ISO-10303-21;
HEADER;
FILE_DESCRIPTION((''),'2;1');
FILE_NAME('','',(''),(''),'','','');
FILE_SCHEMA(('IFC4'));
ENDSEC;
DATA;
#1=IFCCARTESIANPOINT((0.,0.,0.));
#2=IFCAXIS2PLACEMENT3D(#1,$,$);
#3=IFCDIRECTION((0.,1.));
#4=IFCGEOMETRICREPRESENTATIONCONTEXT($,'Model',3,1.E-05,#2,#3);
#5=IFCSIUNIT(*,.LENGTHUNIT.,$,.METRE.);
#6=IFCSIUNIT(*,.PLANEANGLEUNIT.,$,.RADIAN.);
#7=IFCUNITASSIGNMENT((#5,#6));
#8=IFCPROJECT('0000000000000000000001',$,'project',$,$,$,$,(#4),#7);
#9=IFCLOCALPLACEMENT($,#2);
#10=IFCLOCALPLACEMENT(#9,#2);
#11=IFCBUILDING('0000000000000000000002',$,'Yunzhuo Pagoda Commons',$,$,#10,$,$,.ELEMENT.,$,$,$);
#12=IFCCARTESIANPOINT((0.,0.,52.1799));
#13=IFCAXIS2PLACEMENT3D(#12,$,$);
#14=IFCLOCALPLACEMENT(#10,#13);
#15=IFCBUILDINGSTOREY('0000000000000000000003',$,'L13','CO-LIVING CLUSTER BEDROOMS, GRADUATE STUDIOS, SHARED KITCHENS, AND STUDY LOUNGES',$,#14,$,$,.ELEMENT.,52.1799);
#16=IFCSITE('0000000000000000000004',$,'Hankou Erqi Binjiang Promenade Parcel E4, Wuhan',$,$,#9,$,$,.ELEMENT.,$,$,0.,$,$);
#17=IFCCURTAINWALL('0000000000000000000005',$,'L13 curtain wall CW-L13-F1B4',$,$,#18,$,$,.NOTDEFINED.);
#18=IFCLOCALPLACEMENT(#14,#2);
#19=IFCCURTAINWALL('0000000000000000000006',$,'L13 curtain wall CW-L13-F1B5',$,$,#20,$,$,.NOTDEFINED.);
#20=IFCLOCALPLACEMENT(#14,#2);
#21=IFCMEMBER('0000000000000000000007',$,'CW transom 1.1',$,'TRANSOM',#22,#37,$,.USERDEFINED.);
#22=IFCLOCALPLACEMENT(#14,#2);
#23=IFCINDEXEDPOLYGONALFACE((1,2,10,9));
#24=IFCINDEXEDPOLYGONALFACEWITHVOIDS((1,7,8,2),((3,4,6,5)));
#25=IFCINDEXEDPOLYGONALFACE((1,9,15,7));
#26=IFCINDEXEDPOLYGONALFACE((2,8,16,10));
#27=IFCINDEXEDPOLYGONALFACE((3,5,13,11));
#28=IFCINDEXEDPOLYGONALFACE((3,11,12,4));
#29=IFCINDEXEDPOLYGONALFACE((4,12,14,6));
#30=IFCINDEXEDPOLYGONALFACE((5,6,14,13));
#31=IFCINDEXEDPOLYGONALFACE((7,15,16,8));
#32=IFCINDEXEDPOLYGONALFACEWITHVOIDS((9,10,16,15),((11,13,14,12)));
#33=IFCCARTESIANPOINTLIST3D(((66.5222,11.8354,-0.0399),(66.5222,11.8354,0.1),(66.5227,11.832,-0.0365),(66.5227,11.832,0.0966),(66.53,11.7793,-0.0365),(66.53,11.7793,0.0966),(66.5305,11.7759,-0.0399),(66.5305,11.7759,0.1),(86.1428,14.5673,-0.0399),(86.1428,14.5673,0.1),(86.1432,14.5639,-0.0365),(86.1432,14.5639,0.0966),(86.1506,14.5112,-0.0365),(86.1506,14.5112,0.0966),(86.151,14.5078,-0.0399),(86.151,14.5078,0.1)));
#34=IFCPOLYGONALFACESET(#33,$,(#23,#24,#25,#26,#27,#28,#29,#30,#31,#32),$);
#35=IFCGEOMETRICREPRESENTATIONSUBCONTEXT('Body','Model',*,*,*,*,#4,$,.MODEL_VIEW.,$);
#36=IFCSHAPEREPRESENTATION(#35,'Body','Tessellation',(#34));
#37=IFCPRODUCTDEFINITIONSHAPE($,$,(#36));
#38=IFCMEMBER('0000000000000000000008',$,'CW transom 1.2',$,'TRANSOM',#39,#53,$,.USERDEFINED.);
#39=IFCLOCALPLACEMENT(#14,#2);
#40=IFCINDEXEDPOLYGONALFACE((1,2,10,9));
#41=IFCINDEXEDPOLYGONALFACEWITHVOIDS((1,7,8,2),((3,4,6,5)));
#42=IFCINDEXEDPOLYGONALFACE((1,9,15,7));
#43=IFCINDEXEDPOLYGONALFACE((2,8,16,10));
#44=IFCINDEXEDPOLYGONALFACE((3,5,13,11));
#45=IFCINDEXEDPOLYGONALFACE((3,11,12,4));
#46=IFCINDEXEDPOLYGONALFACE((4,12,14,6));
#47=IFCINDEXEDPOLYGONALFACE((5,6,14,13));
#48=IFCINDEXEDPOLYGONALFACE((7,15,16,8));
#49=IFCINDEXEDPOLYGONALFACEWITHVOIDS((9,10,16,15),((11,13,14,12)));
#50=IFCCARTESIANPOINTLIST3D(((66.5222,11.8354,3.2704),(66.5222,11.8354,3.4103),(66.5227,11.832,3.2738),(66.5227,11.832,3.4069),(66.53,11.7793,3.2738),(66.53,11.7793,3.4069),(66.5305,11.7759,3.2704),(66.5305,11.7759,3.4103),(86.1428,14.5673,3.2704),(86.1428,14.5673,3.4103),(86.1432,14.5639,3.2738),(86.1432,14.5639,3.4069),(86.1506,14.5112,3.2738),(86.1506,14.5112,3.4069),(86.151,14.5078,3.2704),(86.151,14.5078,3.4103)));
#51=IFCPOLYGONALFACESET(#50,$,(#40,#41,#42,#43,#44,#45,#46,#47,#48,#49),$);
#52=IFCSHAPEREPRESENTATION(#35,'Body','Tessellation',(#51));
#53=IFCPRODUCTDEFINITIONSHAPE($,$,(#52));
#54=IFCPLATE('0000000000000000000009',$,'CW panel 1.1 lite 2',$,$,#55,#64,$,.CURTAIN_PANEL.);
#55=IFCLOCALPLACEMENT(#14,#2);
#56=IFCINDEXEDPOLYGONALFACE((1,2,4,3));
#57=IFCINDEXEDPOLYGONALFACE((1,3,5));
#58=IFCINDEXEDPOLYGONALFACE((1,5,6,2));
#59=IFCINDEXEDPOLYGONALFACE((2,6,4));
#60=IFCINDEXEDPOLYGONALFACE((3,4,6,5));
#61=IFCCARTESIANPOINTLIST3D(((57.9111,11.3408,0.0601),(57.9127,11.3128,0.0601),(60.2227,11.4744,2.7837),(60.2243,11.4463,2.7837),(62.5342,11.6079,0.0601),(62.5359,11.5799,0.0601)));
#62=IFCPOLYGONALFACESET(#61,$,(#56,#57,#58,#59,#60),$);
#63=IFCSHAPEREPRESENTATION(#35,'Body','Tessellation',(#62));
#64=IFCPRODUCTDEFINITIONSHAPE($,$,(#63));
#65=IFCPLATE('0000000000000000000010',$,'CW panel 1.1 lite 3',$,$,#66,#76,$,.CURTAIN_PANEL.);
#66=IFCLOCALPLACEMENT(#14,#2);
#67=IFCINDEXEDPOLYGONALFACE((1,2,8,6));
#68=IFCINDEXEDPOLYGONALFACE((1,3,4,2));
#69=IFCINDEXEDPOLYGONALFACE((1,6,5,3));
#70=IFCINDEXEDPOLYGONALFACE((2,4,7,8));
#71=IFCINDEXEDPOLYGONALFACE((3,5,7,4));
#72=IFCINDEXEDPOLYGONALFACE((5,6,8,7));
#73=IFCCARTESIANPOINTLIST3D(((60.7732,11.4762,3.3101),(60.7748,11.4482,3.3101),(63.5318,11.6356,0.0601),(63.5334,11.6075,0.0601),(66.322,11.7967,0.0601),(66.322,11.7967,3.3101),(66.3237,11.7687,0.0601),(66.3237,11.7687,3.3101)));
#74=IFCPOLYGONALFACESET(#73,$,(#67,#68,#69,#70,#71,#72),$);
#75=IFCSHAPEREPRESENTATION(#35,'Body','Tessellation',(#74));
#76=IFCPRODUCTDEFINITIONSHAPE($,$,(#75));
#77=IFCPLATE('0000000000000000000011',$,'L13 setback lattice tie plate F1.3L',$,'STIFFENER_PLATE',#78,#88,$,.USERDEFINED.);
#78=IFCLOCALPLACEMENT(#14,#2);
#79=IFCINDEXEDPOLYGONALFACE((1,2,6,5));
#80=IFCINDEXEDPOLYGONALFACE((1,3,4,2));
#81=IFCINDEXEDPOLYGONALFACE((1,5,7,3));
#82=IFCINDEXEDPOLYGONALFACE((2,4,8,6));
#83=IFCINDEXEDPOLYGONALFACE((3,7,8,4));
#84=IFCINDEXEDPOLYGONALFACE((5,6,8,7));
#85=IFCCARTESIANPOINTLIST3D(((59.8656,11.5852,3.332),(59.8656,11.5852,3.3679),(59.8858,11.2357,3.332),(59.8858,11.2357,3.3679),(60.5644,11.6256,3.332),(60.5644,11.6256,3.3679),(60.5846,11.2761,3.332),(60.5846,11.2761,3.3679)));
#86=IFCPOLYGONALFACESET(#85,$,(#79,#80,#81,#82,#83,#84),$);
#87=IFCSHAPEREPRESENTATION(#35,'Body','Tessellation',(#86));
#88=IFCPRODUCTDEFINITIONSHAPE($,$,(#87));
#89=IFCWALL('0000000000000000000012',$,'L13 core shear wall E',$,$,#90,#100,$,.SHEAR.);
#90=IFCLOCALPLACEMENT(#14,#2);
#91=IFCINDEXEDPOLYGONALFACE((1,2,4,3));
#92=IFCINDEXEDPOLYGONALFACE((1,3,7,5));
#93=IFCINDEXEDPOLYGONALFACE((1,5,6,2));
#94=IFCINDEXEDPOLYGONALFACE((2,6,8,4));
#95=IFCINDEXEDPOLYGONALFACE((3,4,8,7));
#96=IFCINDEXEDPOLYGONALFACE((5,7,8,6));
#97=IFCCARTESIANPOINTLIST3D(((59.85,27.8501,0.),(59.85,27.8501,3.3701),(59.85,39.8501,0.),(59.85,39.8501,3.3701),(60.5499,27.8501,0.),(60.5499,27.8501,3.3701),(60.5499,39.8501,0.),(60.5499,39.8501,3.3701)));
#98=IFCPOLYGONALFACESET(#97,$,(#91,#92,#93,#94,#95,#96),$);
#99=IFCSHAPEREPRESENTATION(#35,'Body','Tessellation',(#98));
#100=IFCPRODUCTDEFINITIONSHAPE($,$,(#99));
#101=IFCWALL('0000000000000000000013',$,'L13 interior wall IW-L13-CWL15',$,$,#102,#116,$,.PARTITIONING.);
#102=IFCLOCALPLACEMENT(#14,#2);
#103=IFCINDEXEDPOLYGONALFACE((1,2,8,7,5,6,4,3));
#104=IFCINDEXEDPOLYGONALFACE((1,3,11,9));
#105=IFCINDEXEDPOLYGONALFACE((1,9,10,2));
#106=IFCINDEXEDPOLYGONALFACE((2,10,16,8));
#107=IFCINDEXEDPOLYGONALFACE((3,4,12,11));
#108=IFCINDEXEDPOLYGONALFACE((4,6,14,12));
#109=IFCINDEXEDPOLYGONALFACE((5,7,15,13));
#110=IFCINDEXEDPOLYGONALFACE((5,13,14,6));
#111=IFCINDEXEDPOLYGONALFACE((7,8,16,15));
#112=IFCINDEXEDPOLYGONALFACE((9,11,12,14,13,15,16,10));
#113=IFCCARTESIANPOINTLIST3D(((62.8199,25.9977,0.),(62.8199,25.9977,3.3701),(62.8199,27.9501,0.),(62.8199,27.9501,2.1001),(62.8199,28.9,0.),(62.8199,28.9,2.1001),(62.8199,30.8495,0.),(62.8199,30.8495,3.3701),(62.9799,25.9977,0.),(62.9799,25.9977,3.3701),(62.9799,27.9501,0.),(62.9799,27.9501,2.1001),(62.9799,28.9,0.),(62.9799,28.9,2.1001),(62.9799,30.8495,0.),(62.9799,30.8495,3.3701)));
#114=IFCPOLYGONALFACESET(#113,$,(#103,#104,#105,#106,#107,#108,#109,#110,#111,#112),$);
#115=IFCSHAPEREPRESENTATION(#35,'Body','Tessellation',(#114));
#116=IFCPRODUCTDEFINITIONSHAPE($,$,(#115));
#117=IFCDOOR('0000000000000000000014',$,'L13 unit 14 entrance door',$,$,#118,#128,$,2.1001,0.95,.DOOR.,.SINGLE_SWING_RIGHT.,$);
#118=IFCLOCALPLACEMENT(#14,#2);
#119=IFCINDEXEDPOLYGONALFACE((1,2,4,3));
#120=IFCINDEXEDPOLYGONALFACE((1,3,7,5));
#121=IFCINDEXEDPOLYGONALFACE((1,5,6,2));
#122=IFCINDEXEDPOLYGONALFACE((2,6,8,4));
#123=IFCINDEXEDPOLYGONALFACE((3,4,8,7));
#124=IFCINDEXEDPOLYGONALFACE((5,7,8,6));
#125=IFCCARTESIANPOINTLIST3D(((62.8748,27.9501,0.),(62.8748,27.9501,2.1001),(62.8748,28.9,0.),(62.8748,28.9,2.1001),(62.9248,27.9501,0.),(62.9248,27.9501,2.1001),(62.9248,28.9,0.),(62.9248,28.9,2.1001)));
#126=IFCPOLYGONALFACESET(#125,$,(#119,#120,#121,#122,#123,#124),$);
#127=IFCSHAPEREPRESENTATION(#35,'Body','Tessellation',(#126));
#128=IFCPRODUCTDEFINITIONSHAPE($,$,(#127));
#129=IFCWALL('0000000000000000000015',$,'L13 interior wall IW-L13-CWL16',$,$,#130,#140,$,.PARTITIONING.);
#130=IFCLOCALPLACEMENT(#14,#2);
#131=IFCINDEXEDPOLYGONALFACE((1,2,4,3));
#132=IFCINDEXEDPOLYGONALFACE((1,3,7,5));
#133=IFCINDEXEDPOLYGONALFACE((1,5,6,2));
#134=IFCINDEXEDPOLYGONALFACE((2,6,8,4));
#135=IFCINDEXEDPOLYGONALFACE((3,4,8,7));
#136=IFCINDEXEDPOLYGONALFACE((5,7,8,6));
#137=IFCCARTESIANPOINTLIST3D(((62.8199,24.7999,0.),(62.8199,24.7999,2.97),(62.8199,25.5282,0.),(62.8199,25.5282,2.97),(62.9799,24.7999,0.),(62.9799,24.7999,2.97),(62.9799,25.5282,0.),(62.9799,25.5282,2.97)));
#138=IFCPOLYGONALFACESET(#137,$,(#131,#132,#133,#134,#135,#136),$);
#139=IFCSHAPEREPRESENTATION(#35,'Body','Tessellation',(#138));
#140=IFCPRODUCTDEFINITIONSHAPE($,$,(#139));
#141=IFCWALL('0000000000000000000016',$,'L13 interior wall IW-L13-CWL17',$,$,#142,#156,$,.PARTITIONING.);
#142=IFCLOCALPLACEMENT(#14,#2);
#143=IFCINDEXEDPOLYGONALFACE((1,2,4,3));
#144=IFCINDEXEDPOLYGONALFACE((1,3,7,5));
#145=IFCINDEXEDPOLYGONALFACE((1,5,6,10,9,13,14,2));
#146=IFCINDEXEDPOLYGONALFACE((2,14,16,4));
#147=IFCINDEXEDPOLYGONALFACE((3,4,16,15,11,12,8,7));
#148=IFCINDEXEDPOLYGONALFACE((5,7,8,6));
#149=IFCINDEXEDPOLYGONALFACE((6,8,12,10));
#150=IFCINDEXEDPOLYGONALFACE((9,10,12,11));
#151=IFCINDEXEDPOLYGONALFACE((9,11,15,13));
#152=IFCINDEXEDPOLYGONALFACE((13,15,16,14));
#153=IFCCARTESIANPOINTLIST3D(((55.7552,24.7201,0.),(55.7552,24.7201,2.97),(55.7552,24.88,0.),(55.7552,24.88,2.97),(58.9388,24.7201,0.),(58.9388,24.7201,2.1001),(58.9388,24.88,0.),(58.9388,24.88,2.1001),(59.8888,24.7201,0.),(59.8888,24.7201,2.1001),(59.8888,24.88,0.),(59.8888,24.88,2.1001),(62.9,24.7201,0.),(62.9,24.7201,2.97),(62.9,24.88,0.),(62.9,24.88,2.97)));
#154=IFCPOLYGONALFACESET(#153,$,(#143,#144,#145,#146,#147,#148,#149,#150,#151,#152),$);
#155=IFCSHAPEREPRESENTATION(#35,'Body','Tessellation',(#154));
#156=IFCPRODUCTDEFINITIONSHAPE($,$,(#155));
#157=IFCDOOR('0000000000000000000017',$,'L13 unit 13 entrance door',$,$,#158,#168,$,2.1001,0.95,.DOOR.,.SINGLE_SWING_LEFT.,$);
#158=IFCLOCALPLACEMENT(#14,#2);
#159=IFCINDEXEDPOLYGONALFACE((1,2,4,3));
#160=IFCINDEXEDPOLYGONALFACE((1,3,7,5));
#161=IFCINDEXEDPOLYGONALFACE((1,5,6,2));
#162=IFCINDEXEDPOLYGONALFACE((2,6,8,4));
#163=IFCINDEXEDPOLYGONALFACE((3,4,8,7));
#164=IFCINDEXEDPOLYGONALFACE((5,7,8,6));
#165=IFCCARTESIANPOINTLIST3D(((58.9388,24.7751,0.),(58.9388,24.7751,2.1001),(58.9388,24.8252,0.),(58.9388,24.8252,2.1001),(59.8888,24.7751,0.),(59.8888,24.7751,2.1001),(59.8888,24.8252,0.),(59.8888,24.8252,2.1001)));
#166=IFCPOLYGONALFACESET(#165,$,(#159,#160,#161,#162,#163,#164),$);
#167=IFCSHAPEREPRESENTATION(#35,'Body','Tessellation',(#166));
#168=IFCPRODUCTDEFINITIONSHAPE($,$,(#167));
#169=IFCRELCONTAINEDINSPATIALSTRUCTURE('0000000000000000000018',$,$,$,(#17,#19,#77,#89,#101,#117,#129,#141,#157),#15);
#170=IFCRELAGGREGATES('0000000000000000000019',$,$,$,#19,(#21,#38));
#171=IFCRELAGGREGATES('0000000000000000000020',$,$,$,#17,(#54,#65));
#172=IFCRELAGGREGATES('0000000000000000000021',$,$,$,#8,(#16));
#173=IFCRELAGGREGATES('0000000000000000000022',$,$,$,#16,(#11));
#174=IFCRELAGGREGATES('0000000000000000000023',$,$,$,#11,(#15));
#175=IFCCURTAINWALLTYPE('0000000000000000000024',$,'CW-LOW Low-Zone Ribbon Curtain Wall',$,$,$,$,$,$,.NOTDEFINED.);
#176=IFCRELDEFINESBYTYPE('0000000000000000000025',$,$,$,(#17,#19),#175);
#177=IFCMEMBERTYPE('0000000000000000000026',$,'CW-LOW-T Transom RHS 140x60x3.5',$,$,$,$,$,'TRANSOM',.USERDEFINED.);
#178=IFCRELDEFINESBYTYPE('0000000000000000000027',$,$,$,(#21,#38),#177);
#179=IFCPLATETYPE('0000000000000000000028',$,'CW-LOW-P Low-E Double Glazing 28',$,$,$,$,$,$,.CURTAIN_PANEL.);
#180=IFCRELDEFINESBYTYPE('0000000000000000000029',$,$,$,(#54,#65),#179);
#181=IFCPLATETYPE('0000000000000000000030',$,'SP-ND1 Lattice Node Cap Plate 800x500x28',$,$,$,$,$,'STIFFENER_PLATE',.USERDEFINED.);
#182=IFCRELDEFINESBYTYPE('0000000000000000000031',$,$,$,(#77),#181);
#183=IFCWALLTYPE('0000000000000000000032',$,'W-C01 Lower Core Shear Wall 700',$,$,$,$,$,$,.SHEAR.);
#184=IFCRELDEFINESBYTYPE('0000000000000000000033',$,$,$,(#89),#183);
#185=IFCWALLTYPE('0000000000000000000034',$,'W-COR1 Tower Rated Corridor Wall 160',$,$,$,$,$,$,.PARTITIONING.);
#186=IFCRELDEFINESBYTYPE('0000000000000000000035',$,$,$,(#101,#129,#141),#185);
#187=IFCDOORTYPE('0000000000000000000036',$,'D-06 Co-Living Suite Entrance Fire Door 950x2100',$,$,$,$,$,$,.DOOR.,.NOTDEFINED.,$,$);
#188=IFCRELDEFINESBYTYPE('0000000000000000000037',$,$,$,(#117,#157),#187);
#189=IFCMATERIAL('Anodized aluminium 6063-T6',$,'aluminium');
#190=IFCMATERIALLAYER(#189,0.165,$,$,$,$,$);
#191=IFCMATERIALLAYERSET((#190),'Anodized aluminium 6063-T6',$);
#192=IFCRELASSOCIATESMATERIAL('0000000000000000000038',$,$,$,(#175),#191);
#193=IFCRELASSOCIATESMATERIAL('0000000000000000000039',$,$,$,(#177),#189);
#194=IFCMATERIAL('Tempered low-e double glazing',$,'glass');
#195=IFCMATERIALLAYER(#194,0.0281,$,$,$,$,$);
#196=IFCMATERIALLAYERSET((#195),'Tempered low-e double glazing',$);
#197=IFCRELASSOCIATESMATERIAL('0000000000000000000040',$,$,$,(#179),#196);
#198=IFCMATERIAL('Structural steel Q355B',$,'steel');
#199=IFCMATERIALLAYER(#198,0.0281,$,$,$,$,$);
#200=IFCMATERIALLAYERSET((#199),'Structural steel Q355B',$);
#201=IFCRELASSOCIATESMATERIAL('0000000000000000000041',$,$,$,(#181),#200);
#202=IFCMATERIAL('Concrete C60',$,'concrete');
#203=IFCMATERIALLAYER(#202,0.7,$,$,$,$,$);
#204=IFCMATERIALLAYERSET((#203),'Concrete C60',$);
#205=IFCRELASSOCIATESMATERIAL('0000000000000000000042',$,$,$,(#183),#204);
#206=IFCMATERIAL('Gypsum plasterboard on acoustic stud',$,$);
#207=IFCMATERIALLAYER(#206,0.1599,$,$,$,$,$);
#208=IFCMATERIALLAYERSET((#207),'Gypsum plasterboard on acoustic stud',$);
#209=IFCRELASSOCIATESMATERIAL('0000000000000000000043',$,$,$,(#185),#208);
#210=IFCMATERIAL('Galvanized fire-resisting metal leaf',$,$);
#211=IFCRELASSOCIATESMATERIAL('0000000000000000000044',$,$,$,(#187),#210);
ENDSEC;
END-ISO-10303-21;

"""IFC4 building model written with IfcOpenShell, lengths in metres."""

from ifc_helpers import new_model, si_unit, direction, frame, frame_2d, origin, origin_with_axes, origin_2d, place, context, subcontext, project, spatial, polyline, rectangle, hollow_rectangle, outline, extrude, source, transform, mapped, material, layer, layer_set, material_profile, profile_set, type_object, element, fill, aggregate, save


model = new_model("IFC4")

# Units and contexts
model_context = context("Model", 3, precision=1e-05, world=origin(), true_north=direction((0.0, 1.0)))
body_context = subcontext(model_context, "Body", "Model", "MODEL_VIEW")
ifc_project = project(units=[si_unit("LENGTHUNIT", "METRE"), si_unit("PLANEANGLEUNIT", "RADIAN")], contexts=[model_context])

# Site, building, storey
site_placement = place(None, origin())
site = spatial("IfcSite", under=ifc_project, at=site_placement, Name="Hankou Erqi Binjiang Promenade Parcel E4, Wuhan", CompositionType="ELEMENT", RefElevation=0.0)
building_placement = place(site_placement, origin())
building = spatial("IfcBuilding", under=site, at=building_placement, Name="Yunzhuo Pagoda Commons", CompositionType="ELEMENT")
storey_placement = place(building_placement, frame((0.0, 0.0, 52.1799)))
storey = spatial("IfcBuildingStorey", under=building, at=storey_placement, Name="L13", Description="CO-LIVING CLUSTER BEDROOMS, GRADUATE STUDIOS, SHARED KITCHENS, AND STUDY LOUNGES", CompositionType="ELEMENT", Elevation=52.1799)

# Shared definitions
ifc_material_1 = material(Name="Structural steel Q355B", Category="steel")

# Curtain wall
ifc_material_2 = material(Name="Anodized aluminium 6063-T6", Category="aluminium")
ifc_layer_1 = layer(ifc_material_2, 0.165)
ifc_layer_set_1 = layer_set([ifc_layer_1], Name="Anodized aluminium 6063-T6")
curtain_wall_type = type_object("IfcCurtainWallType", Name="CW-LOW Low-Zone Ribbon Curtain Wall", PredefinedType="NOTDEFINED", material=ifc_layer_set_1)
curtain_wall_1_placement = place(storey_placement, origin())
curtain_wall_1 = element("IfcCurtainWall", 1, at=curtain_wall_1_placement, inside=storey, type_object=curtain_wall_type, Name="L13 curtain wall CW-L13-F1B4", PredefinedType="NOTDEFINED")

# Curtain wall, members
curtain_wall_2_placement = place(storey_placement, origin())
curtain_wall_2 = element("IfcCurtainWall", 2, at=curtain_wall_2_placement, inside=storey, type_object=curtain_wall_type, Name="L13 curtain wall CW-L13-F1B5", PredefinedType="NOTDEFINED")
ifc_material_profile_1 = material_profile(ifc_material_2, hollow_rectangle(XDim=0.0601, YDim=0.1399, WallThickness=0.0034, at=origin_2d()), Name="Anodized aluminium 6063-T6")
ifc_profile_set_1 = profile_set([ifc_material_profile_1], Name="Anodized aluminium 6063-T6")
member_type_1 = type_object("IfcMemberType", Name="CW-LOW-T Transom RHS 140x60x3.5", ElementType="TRANSOM", PredefinedType="USERDEFINED", material=ifc_profile_set_1)
shared_shape_1 = source(origin(), body_context, "Body", "SweptSolid", [
    extrude(hollow_rectangle(XDim=0.0601, YDim=0.1399, WallThickness=0.0034, at=origin_2d()), origin(), (0.0, 0.0, 1.0), 19.8098),
])
member_1_placement = place(storey_placement, frame((66.5264, 11.8057, 0.03), z_axis=(0.990445, 0.137908, 0.0), x_axis=(-0.137908, 0.990445, 0.0)))
member_1 = element("IfcMember", 3, at=member_1_placement, type_object=member_type_1, Name="CW transom 1.1", ObjectType="TRANSOM", PredefinedType="USERDEFINED", context=body_context, shape_type="MappedRepresentation", body=[
    mapped(shared_shape_1, transform((0.0, 0.0, 0.0), scale=1.0)),
])
member_2_placement = place(storey_placement, frame((66.5264, 11.8057, 3.3403), z_axis=(0.990445, 0.137908, 0.0), x_axis=(-0.137908, 0.990445, 0.0)))
member_2 = element("IfcMember", 4, at=member_2_placement, type_object=member_type_1, Name="CW transom 1.2", ObjectType="TRANSOM", PredefinedType="USERDEFINED", context=body_context, shape_type="MappedRepresentation", body=[
    mapped(shared_shape_1, transform((0.0, 0.0, 0.0), scale=1.0)),
])
aggregate(curtain_wall_2, [member_1, member_2])

# Plates
ifc_material_3 = material(Name="Tempered low-e double glazing", Category="glass")
ifc_layer_2 = layer(ifc_material_3, 0.0281)
ifc_layer_set_2 = layer_set([ifc_layer_2], Name="Tempered low-e double glazing")
plate_type_1 = type_object("IfcPlateType", Name="CW-LOW-P Low-E Double Glazing 28", PredefinedType="CURTAIN_PANEL", material=ifc_layer_set_2)
plate_1_placement = place(storey_placement, frame((60.2227, 11.4744, 1.4219), z_axis=(0.057664, -0.998336, 0.0), x_axis=(0.998336, 0.057664, 0.0)))
plate_1 = element("IfcPlate", 5, at=plate_1_placement, type_object=plate_type_1, Name="CW panel 1.1 lite 2", PredefinedType="CURTAIN_PANEL", context=body_context, shape_type="SweptSolid", body=[
    extrude(outline(polyline([(-2.3154, -1.3618), (2.3154, -1.3618), (0.0, 1.3618), (-2.3154, -1.3618)])), origin(), (0.0, 0.0, 1.0), 0.0281),
])
plate_2_placement = place(storey_placement, frame((63.5476, 11.6365, 1.6851), z_axis=(0.057664, -0.998336, 0.0), x_axis=(0.998336, 0.057664, 0.0)))
plate_2 = element("IfcPlate", 6, at=plate_2_placement, type_object=plate_type_1, Name="CW panel 1.1 lite 3", PredefinedType="CURTAIN_PANEL", context=body_context, shape_type="SweptSolid", body=[
    extrude(outline(polyline([(-2.7791, 1.625), (-0.0159, -1.625), (2.7791, -1.625), (2.7791, 1.625), (-2.7791, 1.625)])), origin(), (0.0, 0.0, 1.0), 0.0281),
])
aggregate(curtain_wall_1, [plate_1, plate_2])
ifc_layer_3 = layer(ifc_material_1, 0.0281)
ifc_layer_set_3 = layer_set([ifc_layer_3], Name="Structural steel Q355B")
plate_type_2 = type_object("IfcPlateType", Name="SP-ND1 Lattice Node Cap Plate 800x500x28", ElementType="STIFFENER_PLATE", PredefinedType="USERDEFINED", material=ifc_layer_set_3)
shared_shape_2 = source(origin(), body_context, "Body", "SweptSolid", [
    extrude(rectangle(XDim=0.7, YDim=0.3501, at=origin_2d()), origin(), (0.0, 0.0, 1.0), 0.0359),
])
plate_3_placement = place(storey_placement, frame((60.2251, 11.4307, 3.332), z_axis=(0.0, 0.0, 1.0), x_axis=(0.998336, 0.057669, 0.0)))
element("IfcPlate", 7, at=plate_3_placement, inside=storey, type_object=plate_type_2, Name="L13 setback lattice tie plate F1.3L", ObjectType="STIFFENER_PLATE", PredefinedType="USERDEFINED", context=body_context, shape_type="MappedRepresentation", body=[
    mapped(shared_shape_2, transform((0.0, 0.0, 0.0), scale=1.0)),
])

# Wall
ifc_material_4 = material(Name="Concrete C60", Category="concrete")
ifc_layer_4 = layer(ifc_material_4, 0.7)
ifc_layer_set_4 = layer_set([ifc_layer_4], Name="Concrete C60")
wall_type_1 = type_object("IfcWallType", Name="W-C01 Lower Core Shear Wall 700", PredefinedType="SHEAR", material=ifc_layer_set_4)
wall_1_placement = place(storey_placement, frame((60.2, 27.8501, 0.0), z_axis=(0.0, 0.0, 1.0), x_axis=(0.0, 1.0, 0.0)))
element("IfcWall", 8, at=wall_1_placement, inside=storey, type_object=wall_type_1, Name="L13 core shear wall E", PredefinedType="SHEAR", context=body_context, shape_type="SweptSolid", body=[
    extrude(rectangle(XDim=12.0, YDim=0.7, at=frame_2d((6.0, 0.0))), origin(), (0.0, 0.0, 1.0), 3.3701),
])

# Wall, opening, door
ifc_material_5 = material(Name="Gypsum plasterboard on acoustic stud")
ifc_layer_5 = layer(ifc_material_5, 0.1599)
ifc_layer_set_5 = layer_set([ifc_layer_5], Name="Gypsum plasterboard on acoustic stud")
wall_type_2 = type_object("IfcWallType", Name="W-COR1 Tower Rated Corridor Wall 160", PredefinedType="PARTITIONING", material=ifc_layer_set_5)
wall_2_placement = place(storey_placement, frame((62.8999, 30.8494, 0.0), z_axis=(0.0, 0.0, 1.0), x_axis=(0.0, -1.0, 0.0)))
wall_2 = element("IfcWall", 9, at=wall_2_placement, inside=storey, type_object=wall_type_2, Name="L13 interior wall IW-L13-CWL15", PredefinedType="PARTITIONING", context=body_context, shape_type="SweptSolid", body=[
    extrude(rectangle(XDim=4.8518, YDim=0.1599, at=frame_2d((2.4258, 0.0))), origin(), (0.0, 0.0, 1.0), 3.3701),
])
opening_1_placement = place(wall_2_placement, frame((1.9492, 0.0, 0.0)))
opening_1 = element("IfcOpeningElement", 10, at=opening_1_placement, cuts=wall_2, PredefinedType="OPENING", context=body_context, shape_type="SweptSolid", body=[
    extrude(rectangle(XDim=0.95, YDim=2.1001, at=frame_2d((0.4751, 1.05))), frame((0.0, 0.0898, 0.0), z_axis=(0.0, -1.0, 0.0), x_axis=(1.0, 0.0, 0.0)), (0.0, 0.0, 1.0), 0.1799),
])
ifc_material_6 = material(Name="Galvanized fire-resisting metal leaf")
door_type = type_object("IfcDoorType", Name="D-06 Co-Living Suite Entrance Fire Door 950x2100", OperationType="NOTDEFINED", PredefinedType="DOOR", material=ifc_material_6)
shared_shape_3 = source(origin(), body_context, "Body", "SweptSolid", [
    extrude(rectangle(XDim=0.95, YDim=2.1001, at=frame_2d((0.4751, 1.05))), frame((0.0, 0.0249, 0.0), z_axis=(0.0, -1.0, 0.0), x_axis=(1.0, 0.0, 0.0)), (0.0, 0.0, 1.0), 0.05),
])
door_1_placement = place(opening_1_placement, origin_with_axes())
door_1 = element("IfcDoor", 11, at=door_1_placement, inside=storey, type_object=door_type, Name="L13 unit 14 entrance door", OperationType="SINGLE_SWING_RIGHT", OverallHeight=2.1001, OverallWidth=0.95, PredefinedType="DOOR", context=body_context, shape_type="MappedRepresentation", body=[
    mapped(shared_shape_3, transform((0.0, 0.0, 0.0), scale=1.0)),
])
fill(opening_1, door_1)

# Wall
wall_3_placement = place(storey_placement, frame((62.8999, 25.5283, 0.0), z_axis=(0.0, 0.0, 1.0), x_axis=(0.0, -1.0, 0.0)))
element("IfcWall", 12, at=wall_3_placement, inside=storey, type_object=wall_type_2, Name="L13 interior wall IW-L13-CWL16", PredefinedType="PARTITIONING", context=body_context, shape_type="SweptSolid", body=[
    extrude(rectangle(XDim=0.7283, YDim=0.1599, at=frame_2d((0.3643, 0.0))), origin(), (0.0, 0.0, 1.0), 2.97),
])

# Wall, opening, door
wall_4_placement = place(storey_placement, frame((62.8999, 24.8, 0.0), z_axis=(0.0, 0.0, 1.0), x_axis=(-1.0, 0.0, 0.0)))
wall_4 = element("IfcWall", 13, at=wall_4_placement, inside=storey, type_object=wall_type_2, Name="L13 interior wall IW-L13-CWL17", PredefinedType="PARTITIONING", context=body_context, shape_type="SweptSolid", body=[
    extrude(rectangle(XDim=7.1448, YDim=0.1599, at=frame_2d((3.5723, 0.0))), origin(), (0.0, 0.0, 1.0), 2.97),
])
opening_2_placement = place(wall_4_placement, frame((3.011, 0.0, 0.0)))
opening_2 = element("IfcOpeningElement", 14, at=opening_2_placement, cuts=wall_4, PredefinedType="OPENING", context=body_context, shape_type="SweptSolid", body=[
    extrude(rectangle(XDim=0.95, YDim=2.1001, at=frame_2d((0.4751, 1.05))), frame((0.0, 0.0898, 0.0), z_axis=(0.0, -1.0, 0.0), x_axis=(1.0, 0.0, 0.0)), (0.0, 0.0, 1.0), 0.1799),
])
door_2_placement = place(opening_2_placement, origin_with_axes())
door_2 = element("IfcDoor", 15, at=door_2_placement, inside=storey, type_object=door_type, Name="L13 unit 13 entrance door", OperationType="SINGLE_SWING_LEFT", OverallHeight=2.1001, OverallWidth=0.95, PredefinedType="DOOR", context=body_context, shape_type="MappedRepresentation", body=[
    mapped(shared_shape_3, transform((0.0, 0.0, 0.0), scale=1.0)),
])
fill(opening_2, door_2)

save(model, "model.ifc")
